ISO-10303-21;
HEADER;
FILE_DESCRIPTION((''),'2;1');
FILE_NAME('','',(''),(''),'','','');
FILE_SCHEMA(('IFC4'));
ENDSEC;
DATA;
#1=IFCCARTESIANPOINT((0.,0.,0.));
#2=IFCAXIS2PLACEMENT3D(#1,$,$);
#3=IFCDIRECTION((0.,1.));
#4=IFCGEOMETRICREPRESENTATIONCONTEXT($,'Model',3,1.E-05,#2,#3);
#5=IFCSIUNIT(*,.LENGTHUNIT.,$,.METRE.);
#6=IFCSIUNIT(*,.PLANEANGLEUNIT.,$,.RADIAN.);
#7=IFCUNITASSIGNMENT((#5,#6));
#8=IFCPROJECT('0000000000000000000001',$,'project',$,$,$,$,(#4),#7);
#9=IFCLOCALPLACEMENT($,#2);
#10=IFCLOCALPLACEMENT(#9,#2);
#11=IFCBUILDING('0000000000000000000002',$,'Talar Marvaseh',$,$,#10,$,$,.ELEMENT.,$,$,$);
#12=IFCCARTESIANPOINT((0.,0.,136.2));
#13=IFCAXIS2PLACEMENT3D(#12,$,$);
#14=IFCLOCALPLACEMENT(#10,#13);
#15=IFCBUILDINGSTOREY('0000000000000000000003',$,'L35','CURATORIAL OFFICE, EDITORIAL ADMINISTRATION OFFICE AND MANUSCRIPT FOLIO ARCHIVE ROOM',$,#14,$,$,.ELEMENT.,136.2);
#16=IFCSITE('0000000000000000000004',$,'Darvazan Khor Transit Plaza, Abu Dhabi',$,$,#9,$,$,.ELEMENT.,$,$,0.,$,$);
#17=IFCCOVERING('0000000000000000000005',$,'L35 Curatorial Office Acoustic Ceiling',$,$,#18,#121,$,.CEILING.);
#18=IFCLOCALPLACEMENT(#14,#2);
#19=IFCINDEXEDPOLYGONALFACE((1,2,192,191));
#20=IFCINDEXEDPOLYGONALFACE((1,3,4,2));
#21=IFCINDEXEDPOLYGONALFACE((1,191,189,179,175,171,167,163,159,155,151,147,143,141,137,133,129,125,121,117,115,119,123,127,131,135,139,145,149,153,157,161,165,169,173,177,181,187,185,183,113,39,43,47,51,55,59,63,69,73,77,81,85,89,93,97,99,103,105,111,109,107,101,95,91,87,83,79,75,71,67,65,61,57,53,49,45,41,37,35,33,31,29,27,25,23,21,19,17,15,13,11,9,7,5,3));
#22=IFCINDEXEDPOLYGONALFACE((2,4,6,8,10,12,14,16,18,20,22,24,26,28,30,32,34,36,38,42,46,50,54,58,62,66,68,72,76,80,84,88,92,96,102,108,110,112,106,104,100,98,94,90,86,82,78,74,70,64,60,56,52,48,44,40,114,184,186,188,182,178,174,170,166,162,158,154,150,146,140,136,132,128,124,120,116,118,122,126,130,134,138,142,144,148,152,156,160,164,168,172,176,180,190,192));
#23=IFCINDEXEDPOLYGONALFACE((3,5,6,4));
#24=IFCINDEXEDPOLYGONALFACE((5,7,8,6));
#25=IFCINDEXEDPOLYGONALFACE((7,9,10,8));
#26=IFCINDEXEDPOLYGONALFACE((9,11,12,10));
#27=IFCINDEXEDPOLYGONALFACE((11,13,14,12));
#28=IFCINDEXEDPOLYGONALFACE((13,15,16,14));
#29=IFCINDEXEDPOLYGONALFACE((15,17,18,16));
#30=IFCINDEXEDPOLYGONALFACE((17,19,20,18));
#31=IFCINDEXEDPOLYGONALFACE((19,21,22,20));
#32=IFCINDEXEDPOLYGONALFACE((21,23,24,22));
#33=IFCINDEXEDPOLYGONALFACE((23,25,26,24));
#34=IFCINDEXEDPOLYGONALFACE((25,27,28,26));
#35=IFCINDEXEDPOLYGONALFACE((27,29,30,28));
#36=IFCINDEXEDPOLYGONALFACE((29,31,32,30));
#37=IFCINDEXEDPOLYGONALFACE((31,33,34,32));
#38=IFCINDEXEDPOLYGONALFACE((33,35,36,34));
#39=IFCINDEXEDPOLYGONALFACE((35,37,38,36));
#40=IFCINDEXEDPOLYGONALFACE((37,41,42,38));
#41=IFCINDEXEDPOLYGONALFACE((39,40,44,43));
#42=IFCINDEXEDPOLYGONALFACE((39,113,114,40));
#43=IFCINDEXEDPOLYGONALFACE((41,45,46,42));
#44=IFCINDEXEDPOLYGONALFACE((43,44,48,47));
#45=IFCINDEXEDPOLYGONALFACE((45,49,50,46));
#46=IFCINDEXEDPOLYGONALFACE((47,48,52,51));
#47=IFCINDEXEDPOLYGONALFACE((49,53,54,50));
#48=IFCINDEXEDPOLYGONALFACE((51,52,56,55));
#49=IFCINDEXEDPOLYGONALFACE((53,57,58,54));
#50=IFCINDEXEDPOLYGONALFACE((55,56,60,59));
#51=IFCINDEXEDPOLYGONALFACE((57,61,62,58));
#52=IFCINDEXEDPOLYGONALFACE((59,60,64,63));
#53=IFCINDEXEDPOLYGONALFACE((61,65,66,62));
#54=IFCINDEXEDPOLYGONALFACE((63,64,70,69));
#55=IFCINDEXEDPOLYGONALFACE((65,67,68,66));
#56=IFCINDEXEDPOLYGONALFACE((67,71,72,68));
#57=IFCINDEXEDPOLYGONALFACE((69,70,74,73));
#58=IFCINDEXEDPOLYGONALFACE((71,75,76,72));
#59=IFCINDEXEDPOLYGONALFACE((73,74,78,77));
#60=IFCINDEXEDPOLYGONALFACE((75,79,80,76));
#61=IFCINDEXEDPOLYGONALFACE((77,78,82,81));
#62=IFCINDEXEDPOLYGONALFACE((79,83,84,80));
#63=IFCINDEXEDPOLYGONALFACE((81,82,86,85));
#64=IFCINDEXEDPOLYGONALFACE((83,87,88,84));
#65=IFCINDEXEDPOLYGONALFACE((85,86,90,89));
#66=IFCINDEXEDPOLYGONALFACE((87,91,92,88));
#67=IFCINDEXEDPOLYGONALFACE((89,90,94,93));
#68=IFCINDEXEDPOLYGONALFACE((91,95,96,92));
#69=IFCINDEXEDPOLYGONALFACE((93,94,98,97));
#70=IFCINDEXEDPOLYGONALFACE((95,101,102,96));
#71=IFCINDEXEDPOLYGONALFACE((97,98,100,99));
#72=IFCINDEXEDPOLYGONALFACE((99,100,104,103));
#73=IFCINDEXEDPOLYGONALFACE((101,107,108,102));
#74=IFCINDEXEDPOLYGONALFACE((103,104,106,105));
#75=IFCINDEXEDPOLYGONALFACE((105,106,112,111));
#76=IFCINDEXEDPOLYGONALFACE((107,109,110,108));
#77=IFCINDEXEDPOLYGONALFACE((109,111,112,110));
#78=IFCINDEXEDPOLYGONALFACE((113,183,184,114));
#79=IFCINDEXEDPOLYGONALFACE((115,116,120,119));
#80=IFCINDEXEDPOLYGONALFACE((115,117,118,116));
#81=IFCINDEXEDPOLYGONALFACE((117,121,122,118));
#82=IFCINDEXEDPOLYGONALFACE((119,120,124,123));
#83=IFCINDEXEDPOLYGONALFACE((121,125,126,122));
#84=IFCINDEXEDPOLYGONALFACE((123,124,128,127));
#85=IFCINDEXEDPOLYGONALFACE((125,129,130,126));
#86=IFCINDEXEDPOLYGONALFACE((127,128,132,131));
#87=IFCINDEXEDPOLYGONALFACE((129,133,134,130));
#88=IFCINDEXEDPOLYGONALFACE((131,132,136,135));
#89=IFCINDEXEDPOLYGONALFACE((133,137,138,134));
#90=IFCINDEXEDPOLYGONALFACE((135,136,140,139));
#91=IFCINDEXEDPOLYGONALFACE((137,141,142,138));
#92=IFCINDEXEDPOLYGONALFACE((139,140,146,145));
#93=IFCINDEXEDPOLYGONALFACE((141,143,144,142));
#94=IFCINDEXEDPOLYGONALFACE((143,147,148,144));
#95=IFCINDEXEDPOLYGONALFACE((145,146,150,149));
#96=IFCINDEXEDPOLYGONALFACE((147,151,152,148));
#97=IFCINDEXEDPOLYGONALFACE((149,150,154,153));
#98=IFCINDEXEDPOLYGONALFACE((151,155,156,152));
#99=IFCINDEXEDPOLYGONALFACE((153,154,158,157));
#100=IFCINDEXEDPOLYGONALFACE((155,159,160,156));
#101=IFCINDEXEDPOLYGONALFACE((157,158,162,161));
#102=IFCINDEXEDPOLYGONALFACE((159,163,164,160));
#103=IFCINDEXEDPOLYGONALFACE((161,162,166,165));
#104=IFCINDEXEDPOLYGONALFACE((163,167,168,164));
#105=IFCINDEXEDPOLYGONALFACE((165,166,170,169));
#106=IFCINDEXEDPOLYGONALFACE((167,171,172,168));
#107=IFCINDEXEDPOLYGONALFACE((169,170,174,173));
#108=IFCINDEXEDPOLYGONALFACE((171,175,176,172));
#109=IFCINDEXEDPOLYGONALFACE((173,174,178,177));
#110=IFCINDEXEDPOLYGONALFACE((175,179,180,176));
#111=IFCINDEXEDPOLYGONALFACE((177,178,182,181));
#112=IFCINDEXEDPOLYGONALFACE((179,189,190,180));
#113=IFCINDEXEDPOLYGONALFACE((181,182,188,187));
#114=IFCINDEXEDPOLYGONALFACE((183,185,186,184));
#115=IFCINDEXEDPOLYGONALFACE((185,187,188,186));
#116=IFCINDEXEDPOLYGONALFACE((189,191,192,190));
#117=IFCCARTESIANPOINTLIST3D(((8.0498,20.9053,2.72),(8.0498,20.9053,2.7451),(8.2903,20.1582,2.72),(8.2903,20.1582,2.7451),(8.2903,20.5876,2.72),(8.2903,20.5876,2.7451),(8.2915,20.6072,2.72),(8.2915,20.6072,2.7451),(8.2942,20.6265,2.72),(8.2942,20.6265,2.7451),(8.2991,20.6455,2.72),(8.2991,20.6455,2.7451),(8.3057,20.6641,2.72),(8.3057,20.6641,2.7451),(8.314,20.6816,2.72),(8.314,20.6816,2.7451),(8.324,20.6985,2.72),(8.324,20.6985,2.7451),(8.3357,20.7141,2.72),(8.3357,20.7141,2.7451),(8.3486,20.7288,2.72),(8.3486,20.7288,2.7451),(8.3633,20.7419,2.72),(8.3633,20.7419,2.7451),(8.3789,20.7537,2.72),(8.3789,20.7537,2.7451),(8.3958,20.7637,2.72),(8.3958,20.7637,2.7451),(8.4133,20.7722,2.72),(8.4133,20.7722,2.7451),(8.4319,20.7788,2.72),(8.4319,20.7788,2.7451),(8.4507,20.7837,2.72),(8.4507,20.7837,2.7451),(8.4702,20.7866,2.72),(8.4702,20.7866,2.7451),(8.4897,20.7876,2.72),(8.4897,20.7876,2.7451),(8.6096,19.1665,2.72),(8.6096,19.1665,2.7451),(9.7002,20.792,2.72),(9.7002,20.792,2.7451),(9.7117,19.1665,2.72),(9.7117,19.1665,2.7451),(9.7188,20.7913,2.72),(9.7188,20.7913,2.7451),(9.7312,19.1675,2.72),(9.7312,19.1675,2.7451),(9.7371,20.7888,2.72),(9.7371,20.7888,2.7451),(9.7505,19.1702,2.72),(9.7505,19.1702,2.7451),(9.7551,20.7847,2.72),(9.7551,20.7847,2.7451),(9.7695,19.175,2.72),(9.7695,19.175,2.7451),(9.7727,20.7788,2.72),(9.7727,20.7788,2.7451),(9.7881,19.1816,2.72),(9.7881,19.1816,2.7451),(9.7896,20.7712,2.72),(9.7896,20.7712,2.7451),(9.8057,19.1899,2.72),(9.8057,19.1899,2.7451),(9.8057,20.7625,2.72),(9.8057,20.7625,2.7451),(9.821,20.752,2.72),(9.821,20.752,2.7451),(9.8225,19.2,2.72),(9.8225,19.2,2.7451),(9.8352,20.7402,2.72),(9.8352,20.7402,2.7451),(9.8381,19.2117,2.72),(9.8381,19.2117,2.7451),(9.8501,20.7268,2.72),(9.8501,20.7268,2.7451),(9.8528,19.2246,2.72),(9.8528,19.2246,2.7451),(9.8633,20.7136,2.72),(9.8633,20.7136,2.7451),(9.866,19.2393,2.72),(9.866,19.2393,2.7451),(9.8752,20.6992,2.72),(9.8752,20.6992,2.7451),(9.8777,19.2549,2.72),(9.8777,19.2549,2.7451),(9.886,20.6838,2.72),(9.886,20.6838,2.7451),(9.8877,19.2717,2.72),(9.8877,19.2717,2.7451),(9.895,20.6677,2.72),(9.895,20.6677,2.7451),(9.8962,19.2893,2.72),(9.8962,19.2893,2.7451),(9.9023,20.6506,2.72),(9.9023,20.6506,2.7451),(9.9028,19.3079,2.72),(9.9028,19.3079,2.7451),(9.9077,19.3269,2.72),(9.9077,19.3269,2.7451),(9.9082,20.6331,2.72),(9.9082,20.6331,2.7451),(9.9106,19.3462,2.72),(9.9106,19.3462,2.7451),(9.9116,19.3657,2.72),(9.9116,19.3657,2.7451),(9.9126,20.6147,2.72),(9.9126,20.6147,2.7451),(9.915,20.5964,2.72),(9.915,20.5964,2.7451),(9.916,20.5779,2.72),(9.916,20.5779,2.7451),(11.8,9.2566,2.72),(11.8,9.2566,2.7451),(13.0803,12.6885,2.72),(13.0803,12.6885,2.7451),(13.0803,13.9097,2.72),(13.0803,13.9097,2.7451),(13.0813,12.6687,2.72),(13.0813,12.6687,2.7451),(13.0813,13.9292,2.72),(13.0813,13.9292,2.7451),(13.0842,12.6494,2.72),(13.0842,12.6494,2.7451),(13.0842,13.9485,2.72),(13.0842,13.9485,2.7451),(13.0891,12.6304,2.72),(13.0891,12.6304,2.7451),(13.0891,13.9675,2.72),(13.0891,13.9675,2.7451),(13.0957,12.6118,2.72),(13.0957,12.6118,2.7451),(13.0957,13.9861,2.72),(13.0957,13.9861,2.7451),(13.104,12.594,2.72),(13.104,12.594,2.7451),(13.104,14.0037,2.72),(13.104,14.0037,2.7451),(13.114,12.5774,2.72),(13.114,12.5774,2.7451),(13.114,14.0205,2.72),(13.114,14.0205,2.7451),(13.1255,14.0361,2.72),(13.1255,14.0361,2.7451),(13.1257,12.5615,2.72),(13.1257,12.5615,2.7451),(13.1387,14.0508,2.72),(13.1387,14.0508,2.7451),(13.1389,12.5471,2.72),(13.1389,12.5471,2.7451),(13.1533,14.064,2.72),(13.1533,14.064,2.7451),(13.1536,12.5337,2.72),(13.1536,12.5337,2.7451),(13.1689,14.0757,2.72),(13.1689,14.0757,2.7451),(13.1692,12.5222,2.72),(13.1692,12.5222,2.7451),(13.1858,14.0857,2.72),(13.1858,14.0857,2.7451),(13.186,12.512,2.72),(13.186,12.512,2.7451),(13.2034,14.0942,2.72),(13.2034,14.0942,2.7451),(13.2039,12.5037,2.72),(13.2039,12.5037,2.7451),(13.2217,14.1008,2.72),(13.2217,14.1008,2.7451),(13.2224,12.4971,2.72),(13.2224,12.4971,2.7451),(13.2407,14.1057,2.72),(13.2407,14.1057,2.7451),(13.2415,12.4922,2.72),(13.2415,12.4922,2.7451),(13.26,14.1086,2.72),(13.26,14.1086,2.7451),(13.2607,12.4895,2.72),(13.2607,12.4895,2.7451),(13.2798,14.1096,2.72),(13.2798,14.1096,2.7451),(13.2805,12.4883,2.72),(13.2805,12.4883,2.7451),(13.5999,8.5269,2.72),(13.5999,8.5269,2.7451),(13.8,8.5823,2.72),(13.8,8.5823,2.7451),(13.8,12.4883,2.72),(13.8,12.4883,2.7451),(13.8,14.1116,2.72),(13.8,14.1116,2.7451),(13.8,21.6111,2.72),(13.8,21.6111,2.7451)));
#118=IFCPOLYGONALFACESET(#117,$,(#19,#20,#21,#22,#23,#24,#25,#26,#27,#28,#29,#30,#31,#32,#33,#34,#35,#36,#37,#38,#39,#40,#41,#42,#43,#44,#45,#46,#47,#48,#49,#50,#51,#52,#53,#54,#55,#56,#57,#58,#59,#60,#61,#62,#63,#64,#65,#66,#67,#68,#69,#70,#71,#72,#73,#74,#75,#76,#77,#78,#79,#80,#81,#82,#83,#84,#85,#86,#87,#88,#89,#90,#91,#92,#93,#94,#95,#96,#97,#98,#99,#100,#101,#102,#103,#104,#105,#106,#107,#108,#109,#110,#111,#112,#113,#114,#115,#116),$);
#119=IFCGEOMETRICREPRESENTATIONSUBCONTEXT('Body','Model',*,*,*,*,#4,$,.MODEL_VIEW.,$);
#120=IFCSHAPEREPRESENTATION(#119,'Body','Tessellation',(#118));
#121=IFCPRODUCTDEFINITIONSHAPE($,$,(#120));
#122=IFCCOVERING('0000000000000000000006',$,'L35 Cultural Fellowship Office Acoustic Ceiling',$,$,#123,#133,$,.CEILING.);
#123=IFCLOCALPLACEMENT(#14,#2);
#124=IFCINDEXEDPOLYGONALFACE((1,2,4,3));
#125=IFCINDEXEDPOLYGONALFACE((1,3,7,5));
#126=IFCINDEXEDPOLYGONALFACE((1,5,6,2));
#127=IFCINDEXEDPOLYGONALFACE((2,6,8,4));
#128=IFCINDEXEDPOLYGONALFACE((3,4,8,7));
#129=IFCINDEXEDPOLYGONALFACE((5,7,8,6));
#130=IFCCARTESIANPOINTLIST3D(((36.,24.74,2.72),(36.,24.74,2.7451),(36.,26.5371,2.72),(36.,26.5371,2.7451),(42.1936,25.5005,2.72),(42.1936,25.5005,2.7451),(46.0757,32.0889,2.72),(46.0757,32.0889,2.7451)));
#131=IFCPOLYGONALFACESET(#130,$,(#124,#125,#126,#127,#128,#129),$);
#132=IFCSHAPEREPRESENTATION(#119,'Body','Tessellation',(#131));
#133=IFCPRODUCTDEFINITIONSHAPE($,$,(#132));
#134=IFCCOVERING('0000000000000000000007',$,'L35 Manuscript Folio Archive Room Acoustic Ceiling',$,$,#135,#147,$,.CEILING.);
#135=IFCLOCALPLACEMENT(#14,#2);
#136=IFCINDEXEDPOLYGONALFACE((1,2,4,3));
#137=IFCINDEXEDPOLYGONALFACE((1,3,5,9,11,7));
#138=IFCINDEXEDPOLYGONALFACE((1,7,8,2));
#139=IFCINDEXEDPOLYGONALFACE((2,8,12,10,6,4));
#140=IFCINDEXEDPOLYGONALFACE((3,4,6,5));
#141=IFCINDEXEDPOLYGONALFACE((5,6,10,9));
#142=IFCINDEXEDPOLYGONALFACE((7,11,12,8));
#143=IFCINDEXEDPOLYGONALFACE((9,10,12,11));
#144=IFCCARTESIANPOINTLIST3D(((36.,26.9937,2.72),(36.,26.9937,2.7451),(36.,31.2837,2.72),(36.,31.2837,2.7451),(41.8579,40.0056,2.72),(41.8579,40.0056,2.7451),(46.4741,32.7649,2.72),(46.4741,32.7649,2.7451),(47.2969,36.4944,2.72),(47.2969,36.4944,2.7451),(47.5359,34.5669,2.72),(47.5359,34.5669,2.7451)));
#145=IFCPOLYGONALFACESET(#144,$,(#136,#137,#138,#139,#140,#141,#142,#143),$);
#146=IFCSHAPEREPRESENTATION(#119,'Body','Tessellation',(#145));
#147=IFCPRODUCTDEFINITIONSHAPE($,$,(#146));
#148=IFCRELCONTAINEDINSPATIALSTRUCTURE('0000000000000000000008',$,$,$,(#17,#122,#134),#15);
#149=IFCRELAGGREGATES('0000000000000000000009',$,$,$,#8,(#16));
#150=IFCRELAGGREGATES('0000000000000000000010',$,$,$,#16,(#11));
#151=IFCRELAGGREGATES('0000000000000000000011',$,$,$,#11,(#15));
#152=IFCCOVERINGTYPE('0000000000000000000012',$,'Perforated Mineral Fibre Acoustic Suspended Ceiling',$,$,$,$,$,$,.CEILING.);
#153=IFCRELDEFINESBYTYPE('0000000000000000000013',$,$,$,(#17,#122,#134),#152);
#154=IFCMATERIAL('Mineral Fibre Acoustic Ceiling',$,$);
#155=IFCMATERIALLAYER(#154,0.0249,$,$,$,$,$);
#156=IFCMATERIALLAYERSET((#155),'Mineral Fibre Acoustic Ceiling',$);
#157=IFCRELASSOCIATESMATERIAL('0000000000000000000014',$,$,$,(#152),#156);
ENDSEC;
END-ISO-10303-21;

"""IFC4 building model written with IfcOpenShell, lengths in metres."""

from ifc_helpers import new_model, si_unit, direction, frame, origin, place, context, subcontext, project, spatial, polyline, outline, extrude, material, layer, layer_set, type_object, element, save


model = new_model("IFC4")

# Units and contexts
model_context = context("Model", 3, precision=1e-05, world=origin(), true_north=direction((0.0, 1.0)))
body_context = subcontext(model_context, "Body", "Model", "MODEL_VIEW")
ifc_project = project(units=[si_unit("LENGTHUNIT", "METRE"), si_unit("PLANEANGLEUNIT", "RADIAN")], contexts=[model_context])

# Site, building, storey
site_placement = place(None, origin())
site = spatial("IfcSite", under=ifc_project, at=site_placement, Name="Darvazan Khor Transit Plaza, Abu Dhabi", CompositionType="ELEMENT", RefElevation=0.0)
building_placement = place(site_placement, origin())
building = spatial("IfcBuilding", under=site, at=building_placement, Name="Talar Marvaseh", CompositionType="ELEMENT")
storey_placement = place(building_placement, frame((0.0, 0.0, 136.2)))
storey = spatial("IfcBuildingStorey", under=building, at=storey_placement, Name="L35", Description="CURATORIAL OFFICE, EDITORIAL ADMINISTRATION OFFICE AND MANUSCRIPT FOLIO ARCHIVE ROOM", CompositionType="ELEMENT", Elevation=136.2)

# Coverings
ifc_material_1 = material(Name="Mineral Fibre Acoustic Ceiling")
ifc_layer_1 = layer(ifc_material_1, 0.0249)
ifc_layer_set_1 = layer_set([ifc_layer_1], Name="Mineral Fibre Acoustic Ceiling")
covering_type_1 = type_object("IfcCoveringType", Name="Perforated Mineral Fibre Acoustic Suspended Ceiling", PredefinedType="CEILING", material=ifc_layer_set_1)
covering_1_placement = place(storey_placement, frame((0.0, 0.0, 2.72)))
element("IfcCovering", 1, at=covering_1_placement, inside=storey, type_object=covering_type_1, Name="L35 Curatorial Office Acoustic Ceiling", PredefinedType="CEILING", context=body_context, shape_type="SweptSolid", body=[
    extrude(outline(polyline([(13.8, 14.1116), (13.2798, 14.1096), (13.26, 14.1086), (13.2407, 14.1057), (13.2217, 14.1008), (13.2034, 14.0942), (13.1858, 14.0857), (13.1689, 14.0757), (13.1533, 14.064), (13.1387, 14.0508), (13.1255, 14.0361), (13.114, 14.0205), (13.104, 14.0037), (13.0957, 13.9861), (13.0891, 13.9675), (13.0842, 13.9485), (13.0813, 13.9292), (13.0803, 13.9097), (13.0803, 12.6885), (13.0813, 12.6687), (13.0842, 12.6494), (13.0891, 12.6304), (13.0957, 12.6118), (13.104, 12.594), (13.114, 12.5774), (13.1257, 12.5615), (13.1389, 12.5471), (13.1536, 12.5337), (13.1692, 12.5222), (13.186, 12.512), (13.2039, 12.5037), (13.2224, 12.4971), (13.2415, 12.4922), (13.2607, 12.4895), (13.2805, 12.4883), (13.8, 12.4883), (13.8, 8.5823), (13.5999, 8.5269), (11.8, 9.2566), (8.6096, 19.1665), (9.7117, 19.1665), (9.7312, 19.1675), (9.7505, 19.1702), (9.7695, 19.175), (9.7881, 19.1816), (9.8057, 19.1899), (9.8225, 19.2), (9.8381, 19.2117), (9.8528, 19.2246), (9.866, 19.2393), (9.8777, 19.2549), (9.8877, 19.2717), (9.8962, 19.2893), (9.9028, 19.3079), (9.9077, 19.3269), (9.9106, 19.3462), (9.9116, 19.3657), (9.916, 20.5779), (9.915, 20.5964), (9.9126, 20.6147), (9.9082, 20.6331), (9.9023, 20.6506), (9.895, 20.6677), (9.886, 20.6838), (9.8752, 20.6992), (9.8633, 20.7136), (9.8501, 20.7268), (9.8352, 20.7402), (9.821, 20.752), (9.8057, 20.7625), (9.7896, 20.7712), (9.7727, 20.7788), (9.7551, 20.7847), (9.7371, 20.7888), (9.7188, 20.7913), (9.7002, 20.792), (8.4897, 20.7876), (8.4702, 20.7866), (8.4507, 20.7837), (8.4319, 20.7788), (8.4133, 20.7722), (8.3958, 20.7637), (8.3789, 20.7537), (8.3633, 20.7419), (8.3486, 20.7288), (8.3357, 20.7141), (8.324, 20.6985), (8.314, 20.6816), (8.3057, 20.6641), (8.2991, 20.6455), (8.2942, 20.6265), (8.2915, 20.6072), (8.2903, 20.5876), (8.2903, 20.1582), (8.0498, 20.9053), (13.8, 21.6111), (13.8, 14.1116)])), origin(), (0.0, 0.0, 1.0), 0.0251),
])
covering_2_placement = place(storey_placement, frame((0.0, 0.0, 2.72)))
element("IfcCovering", 2, at=covering_2_placement, inside=storey, type_object=covering_type_1, Name="L35 Cultural Fellowship Office Acoustic Ceiling", PredefinedType="CEILING", context=body_context, shape_type="SweptSolid", body=[
    extrude(outline(polyline([(46.0757, 32.0889), (42.1936, 25.5005), (36.0, 24.74), (36.0, 26.5371), (46.0757, 32.0889)])), origin(), (0.0, 0.0, 1.0), 0.0251),
])
covering_3_placement = place(storey_placement, frame((0.0, 0.0, 2.72)))
element("IfcCovering", 3, at=covering_3_placement, inside=storey, type_object=covering_type_1, Name="L35 Manuscript Folio Archive Room Acoustic Ceiling", PredefinedType="CEILING", context=body_context, shape_type="SweptSolid", body=[
    extrude(outline(polyline([(36.0, 26.9937), (36.0, 31.2837), (41.8579, 40.0056), (47.2969, 36.4944), (47.5359, 34.5669), (46.4741, 32.7649), (36.0, 26.9937)])), origin(), (0.0, 0.0, 1.0), 0.0251),
])

save(model, "model.ifc")
